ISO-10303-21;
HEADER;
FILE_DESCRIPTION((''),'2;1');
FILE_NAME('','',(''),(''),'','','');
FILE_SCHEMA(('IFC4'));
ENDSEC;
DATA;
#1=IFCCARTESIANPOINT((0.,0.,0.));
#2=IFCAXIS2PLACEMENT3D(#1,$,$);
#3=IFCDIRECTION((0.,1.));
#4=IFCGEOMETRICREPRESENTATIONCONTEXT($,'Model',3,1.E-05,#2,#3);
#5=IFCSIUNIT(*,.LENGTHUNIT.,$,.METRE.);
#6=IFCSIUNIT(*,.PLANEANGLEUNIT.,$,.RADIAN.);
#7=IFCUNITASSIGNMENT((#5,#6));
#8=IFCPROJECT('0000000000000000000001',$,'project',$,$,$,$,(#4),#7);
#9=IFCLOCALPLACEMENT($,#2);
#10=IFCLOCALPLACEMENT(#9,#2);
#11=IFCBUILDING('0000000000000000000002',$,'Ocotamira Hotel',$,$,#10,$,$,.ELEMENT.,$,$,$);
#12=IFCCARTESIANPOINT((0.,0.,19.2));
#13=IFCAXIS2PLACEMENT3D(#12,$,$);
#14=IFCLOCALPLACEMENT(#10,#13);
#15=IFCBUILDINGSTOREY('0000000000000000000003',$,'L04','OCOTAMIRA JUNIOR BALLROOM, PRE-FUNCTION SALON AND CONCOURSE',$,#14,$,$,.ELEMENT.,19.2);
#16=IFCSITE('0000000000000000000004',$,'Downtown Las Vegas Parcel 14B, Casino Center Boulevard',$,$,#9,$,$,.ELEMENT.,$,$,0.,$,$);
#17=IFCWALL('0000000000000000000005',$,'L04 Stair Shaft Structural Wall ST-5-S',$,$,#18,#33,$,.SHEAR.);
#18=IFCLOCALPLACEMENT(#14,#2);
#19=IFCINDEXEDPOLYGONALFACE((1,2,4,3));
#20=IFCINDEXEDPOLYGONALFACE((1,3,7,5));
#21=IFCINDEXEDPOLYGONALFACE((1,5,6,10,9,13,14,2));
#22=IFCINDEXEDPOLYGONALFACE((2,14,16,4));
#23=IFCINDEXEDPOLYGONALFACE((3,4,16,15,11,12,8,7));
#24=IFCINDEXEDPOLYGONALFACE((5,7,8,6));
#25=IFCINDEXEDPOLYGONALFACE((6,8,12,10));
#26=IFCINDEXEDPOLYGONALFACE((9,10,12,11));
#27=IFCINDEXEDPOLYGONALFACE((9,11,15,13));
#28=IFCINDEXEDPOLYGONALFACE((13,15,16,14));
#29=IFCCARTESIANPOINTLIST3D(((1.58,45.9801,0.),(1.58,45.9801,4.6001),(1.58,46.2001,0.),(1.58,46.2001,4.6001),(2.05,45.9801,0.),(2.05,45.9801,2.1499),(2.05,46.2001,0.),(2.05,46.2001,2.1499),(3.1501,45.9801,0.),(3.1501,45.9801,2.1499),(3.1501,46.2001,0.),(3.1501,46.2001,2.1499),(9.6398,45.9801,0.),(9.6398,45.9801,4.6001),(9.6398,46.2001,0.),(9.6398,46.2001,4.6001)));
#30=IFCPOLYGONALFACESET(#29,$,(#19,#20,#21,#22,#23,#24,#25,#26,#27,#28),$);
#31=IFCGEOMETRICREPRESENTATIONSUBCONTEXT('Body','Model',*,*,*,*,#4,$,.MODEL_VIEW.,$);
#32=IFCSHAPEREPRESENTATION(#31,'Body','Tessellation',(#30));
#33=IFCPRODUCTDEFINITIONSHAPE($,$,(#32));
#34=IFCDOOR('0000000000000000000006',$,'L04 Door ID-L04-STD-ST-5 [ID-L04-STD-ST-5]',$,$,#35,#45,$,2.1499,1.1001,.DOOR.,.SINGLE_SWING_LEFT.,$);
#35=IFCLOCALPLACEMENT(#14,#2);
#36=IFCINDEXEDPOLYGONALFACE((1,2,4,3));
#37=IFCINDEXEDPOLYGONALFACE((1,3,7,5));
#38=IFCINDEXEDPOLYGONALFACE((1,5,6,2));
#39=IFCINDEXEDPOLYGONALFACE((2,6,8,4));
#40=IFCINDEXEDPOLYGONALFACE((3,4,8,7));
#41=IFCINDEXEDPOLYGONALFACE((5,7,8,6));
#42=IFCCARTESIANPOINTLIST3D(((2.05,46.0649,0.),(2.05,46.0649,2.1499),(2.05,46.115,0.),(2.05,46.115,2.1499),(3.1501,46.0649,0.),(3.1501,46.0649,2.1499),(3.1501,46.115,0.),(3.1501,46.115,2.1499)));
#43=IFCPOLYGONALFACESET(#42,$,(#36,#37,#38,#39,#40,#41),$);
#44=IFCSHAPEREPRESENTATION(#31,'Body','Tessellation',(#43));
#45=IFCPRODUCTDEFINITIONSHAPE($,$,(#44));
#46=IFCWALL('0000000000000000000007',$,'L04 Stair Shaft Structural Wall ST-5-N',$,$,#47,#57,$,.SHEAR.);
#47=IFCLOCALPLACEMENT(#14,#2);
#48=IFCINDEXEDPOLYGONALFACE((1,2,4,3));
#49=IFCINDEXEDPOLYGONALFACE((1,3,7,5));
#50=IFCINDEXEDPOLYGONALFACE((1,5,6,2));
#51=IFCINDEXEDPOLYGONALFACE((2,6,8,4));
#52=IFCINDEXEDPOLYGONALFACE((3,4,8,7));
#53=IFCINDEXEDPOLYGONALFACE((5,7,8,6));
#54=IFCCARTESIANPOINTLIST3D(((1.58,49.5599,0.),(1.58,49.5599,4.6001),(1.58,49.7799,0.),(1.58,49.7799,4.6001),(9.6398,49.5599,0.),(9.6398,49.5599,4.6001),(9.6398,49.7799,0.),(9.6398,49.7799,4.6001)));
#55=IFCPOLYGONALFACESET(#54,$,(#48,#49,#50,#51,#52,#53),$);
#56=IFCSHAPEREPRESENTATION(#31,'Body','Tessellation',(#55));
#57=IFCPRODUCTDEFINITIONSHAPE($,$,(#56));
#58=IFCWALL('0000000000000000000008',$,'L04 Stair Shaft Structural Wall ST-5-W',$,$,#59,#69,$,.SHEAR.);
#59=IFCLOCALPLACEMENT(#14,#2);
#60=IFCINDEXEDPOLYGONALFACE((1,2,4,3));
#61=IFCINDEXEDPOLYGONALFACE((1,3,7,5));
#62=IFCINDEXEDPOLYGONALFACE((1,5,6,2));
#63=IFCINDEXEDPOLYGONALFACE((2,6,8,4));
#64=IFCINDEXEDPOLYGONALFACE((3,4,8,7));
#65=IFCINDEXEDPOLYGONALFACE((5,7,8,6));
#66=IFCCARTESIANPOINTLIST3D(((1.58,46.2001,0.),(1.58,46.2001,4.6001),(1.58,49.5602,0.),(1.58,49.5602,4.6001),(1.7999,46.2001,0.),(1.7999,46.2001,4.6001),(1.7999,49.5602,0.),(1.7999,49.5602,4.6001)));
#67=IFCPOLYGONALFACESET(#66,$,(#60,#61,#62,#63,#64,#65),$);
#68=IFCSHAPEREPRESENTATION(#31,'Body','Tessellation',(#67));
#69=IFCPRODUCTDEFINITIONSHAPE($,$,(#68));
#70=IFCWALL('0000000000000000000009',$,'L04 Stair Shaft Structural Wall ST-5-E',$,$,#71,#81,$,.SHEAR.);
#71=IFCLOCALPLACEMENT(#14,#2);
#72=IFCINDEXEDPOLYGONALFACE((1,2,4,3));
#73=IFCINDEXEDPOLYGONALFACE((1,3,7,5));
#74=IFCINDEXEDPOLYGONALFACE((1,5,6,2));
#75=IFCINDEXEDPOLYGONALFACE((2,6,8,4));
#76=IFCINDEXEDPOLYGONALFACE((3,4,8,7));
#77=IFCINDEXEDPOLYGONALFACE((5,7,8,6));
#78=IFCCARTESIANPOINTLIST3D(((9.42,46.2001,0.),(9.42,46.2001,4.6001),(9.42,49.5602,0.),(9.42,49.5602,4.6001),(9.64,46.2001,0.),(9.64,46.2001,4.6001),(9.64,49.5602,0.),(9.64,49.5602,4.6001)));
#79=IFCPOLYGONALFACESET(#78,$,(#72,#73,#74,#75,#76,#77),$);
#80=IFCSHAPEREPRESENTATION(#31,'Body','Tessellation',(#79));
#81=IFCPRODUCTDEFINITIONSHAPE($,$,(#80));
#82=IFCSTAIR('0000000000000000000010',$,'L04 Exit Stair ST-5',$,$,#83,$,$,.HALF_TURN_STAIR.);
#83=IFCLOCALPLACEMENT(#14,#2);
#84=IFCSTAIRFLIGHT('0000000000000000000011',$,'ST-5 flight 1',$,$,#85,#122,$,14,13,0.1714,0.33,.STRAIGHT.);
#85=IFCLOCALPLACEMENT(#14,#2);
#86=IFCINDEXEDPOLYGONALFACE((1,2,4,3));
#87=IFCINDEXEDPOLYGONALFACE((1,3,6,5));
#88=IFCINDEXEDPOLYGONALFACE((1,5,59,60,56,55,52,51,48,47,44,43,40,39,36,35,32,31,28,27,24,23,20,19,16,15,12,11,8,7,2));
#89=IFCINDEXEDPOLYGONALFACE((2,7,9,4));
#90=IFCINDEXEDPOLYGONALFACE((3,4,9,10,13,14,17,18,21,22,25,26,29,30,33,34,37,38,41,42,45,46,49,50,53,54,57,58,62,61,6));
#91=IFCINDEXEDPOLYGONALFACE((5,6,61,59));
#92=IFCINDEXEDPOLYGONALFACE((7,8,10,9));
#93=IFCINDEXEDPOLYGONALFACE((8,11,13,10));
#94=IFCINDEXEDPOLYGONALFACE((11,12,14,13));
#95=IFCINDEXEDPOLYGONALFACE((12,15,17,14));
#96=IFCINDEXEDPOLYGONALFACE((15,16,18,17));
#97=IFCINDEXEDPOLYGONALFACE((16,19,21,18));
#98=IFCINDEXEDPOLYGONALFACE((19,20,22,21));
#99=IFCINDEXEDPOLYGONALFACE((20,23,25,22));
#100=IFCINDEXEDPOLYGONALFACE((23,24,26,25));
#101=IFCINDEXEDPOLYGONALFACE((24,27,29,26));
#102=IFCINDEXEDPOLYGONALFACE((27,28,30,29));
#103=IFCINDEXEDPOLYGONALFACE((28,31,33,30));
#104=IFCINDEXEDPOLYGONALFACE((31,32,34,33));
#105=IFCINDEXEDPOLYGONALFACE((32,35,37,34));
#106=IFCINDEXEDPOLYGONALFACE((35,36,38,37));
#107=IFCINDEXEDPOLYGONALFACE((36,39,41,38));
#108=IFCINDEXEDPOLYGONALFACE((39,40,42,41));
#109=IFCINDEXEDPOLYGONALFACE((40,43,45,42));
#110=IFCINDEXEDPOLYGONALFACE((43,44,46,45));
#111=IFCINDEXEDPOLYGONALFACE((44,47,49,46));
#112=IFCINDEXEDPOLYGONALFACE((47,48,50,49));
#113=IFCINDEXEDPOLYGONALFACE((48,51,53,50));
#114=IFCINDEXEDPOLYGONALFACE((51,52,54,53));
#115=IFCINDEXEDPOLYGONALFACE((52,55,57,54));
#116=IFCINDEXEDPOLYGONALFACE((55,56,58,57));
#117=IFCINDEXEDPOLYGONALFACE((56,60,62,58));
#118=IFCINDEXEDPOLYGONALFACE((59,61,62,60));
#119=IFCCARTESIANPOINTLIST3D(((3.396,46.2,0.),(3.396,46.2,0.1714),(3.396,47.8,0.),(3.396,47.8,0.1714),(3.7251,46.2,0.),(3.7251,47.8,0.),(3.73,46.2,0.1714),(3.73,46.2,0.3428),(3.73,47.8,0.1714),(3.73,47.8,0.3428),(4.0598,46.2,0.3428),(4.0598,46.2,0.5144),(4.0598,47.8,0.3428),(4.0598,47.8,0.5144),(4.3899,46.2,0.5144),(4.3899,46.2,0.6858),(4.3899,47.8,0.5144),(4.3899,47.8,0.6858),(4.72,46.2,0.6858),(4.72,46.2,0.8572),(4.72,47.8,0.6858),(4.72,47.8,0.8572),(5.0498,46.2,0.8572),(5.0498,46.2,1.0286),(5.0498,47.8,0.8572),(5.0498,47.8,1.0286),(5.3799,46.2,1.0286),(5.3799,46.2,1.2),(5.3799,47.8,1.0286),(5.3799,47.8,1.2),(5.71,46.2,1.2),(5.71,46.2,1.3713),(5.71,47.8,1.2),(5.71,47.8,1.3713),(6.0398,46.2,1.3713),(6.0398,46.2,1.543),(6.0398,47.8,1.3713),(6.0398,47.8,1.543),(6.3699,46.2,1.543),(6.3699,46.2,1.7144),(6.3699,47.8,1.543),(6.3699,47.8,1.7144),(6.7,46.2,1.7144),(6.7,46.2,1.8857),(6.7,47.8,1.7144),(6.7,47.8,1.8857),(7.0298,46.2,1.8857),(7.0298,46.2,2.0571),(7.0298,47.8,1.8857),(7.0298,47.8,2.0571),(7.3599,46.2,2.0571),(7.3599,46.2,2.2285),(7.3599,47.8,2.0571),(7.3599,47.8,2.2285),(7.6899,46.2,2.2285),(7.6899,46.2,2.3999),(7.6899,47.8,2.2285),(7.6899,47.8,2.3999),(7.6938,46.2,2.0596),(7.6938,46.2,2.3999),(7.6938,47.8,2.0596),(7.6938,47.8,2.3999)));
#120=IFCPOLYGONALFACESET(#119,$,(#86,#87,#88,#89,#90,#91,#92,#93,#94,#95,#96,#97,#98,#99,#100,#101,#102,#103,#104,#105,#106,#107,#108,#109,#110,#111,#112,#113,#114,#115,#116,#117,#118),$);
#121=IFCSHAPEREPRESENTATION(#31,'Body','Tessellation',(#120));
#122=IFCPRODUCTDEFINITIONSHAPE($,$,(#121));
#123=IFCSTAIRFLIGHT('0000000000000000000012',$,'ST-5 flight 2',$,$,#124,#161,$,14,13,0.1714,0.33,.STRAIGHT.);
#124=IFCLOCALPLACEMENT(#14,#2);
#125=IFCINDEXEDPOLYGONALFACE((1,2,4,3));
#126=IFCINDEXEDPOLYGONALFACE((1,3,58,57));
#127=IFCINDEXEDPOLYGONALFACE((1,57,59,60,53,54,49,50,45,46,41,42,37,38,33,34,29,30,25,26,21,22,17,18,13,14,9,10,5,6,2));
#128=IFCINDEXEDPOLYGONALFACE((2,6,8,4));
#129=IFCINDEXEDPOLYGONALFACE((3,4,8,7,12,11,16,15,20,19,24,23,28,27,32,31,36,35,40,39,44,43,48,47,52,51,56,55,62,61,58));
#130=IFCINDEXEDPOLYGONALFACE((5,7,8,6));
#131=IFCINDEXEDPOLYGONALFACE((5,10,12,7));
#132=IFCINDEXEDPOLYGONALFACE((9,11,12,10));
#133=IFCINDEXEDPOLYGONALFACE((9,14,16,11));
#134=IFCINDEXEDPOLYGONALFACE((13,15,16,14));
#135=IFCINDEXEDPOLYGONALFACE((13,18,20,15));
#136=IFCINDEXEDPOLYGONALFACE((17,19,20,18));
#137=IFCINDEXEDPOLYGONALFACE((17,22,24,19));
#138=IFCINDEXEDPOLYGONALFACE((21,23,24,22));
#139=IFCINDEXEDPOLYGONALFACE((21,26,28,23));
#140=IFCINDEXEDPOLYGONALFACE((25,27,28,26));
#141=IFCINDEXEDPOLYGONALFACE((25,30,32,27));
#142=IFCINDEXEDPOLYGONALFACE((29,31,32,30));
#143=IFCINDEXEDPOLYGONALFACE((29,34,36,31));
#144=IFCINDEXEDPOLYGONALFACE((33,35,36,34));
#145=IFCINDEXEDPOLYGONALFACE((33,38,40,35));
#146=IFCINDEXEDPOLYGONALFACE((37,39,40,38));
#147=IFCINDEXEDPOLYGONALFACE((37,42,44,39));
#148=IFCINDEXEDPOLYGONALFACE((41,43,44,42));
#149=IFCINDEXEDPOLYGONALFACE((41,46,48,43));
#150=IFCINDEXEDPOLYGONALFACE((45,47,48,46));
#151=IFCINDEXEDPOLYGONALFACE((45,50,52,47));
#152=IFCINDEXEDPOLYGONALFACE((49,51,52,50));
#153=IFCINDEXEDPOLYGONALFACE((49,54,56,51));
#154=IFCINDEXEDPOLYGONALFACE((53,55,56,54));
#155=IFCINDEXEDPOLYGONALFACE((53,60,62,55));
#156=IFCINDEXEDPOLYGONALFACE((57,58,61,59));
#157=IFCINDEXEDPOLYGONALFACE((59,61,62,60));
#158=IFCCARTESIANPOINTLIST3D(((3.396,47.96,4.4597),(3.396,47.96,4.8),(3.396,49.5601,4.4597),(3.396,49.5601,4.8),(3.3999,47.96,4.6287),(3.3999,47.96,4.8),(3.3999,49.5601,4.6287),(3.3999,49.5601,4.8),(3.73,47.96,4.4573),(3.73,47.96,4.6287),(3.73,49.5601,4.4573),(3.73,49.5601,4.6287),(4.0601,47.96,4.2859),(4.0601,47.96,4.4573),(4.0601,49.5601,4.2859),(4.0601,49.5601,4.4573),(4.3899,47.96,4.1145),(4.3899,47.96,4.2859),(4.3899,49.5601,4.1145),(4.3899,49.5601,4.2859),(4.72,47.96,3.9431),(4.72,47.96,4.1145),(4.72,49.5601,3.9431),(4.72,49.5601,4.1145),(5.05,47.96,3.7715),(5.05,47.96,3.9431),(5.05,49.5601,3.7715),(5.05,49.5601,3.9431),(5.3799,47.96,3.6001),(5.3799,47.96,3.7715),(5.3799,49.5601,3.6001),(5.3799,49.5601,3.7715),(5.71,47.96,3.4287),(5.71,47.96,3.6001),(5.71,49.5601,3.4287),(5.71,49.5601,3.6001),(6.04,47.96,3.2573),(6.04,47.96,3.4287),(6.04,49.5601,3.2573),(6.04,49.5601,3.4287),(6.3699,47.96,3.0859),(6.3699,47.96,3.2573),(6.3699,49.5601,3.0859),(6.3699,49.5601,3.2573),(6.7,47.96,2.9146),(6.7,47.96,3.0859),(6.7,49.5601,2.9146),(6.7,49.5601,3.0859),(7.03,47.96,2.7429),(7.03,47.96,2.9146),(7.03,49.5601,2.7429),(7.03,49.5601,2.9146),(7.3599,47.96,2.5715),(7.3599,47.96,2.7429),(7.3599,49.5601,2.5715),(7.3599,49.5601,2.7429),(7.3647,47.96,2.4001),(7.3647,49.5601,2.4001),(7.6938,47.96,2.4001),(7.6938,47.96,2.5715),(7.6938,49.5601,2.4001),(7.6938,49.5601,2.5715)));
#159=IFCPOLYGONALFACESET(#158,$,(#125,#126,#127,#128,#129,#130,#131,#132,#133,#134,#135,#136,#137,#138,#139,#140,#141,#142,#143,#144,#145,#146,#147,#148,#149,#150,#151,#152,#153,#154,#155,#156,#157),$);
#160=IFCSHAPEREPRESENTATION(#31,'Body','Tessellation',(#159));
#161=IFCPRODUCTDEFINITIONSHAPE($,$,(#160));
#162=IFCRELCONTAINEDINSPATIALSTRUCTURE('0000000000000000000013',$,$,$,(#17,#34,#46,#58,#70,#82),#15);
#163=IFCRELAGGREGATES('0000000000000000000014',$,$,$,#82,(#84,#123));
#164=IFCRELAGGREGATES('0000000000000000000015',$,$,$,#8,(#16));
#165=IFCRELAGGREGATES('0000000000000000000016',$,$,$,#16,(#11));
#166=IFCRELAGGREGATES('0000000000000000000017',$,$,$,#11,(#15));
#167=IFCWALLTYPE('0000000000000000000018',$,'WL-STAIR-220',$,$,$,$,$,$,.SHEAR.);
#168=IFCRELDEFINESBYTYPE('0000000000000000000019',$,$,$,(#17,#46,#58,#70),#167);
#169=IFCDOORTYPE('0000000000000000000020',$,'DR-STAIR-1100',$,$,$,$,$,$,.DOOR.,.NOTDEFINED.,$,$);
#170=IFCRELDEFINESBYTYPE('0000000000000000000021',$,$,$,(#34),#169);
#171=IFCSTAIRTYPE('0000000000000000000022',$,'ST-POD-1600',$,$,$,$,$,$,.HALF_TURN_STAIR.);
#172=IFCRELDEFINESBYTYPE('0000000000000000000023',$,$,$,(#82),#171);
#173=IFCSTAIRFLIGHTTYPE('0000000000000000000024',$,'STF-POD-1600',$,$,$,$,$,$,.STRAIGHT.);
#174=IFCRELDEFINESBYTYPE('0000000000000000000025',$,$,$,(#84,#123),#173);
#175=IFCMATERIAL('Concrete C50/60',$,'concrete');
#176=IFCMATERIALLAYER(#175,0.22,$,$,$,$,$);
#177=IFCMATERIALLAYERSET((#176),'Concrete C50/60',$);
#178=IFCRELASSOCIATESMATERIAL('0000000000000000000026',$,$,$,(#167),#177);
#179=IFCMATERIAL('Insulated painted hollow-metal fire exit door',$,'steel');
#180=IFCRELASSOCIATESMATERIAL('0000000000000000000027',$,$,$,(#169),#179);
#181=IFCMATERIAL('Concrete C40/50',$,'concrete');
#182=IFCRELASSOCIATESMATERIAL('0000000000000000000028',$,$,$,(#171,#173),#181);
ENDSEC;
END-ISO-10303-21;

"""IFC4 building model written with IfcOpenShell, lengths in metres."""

from ifc_helpers import new_model, si_unit, direction, frame, frame_2d, origin, place, context, subcontext, project, spatial, polyline, rectangle, outline, extrude, source, transform, mapped, material, layer, layer_set, type_object, element, fill, aggregate, save


model = new_model("IFC4")

# Units and contexts
model_context = context("Model", 3, precision=1e-05, world=origin(), true_north=direction((0.0, 1.0)))
body_context = subcontext(model_context, "Body", "Model", "MODEL_VIEW")
ifc_project = project(units=[si_unit("LENGTHUNIT", "METRE"), si_unit("PLANEANGLEUNIT", "RADIAN")], contexts=[model_context])

# Site, building, storey
site_placement = place(None, origin())
site = spatial("IfcSite", under=ifc_project, at=site_placement, Name="Downtown Las Vegas Parcel 14B, Casino Center Boulevard", CompositionType="ELEMENT", RefElevation=0.0)
building_placement = place(site_placement, origin())
building = spatial("IfcBuilding", under=site, at=building_placement, Name="Ocotamira Hotel", CompositionType="ELEMENT")
storey_placement = place(building_placement, frame((0.0, 0.0, 19.2)))
storey = spatial("IfcBuildingStorey", under=building, at=storey_placement, Name="L04", Description="OCOTAMIRA JUNIOR BALLROOM, PRE-FUNCTION SALON AND CONCOURSE", CompositionType="ELEMENT", Elevation=19.2)

# Shared definitions
ifc_material_1 = material(Name="Concrete C50/60", Category="concrete")

# Wall, opening, door
ifc_layer_1 = layer(ifc_material_1, 0.22)
ifc_layer_set_1 = layer_set([ifc_layer_1], Name="Concrete C50/60")
wall_type_1 = type_object("IfcWallType", Name="WL-STAIR-220", PredefinedType="SHEAR", material=ifc_layer_set_1)
wall_1_placement = place(storey_placement, frame((1.5801, 46.0901, 0.0), z_axis=(0.0, 0.0, 1.0), x_axis=(1.0, 0.0, 0.0)))
wall_1 = element("IfcWall", 1, at=wall_1_placement, inside=storey, type_object=wall_type_1, Name="L04 Stair Shaft Structural Wall ST-5-S", PredefinedType="SHEAR", context=body_context, shape_type="SweptSolid", body=[
    extrude(rectangle(XDim=8.0598, YDim=0.22, at=frame_2d((4.0298, 0.0))), origin(), (0.0, 0.0, 1.0), 4.6001),
])
opening_placement = place(wall_1_placement, frame((0.47, 0.0, 0.0)))
opening = element("IfcOpeningElement", 2, at=opening_placement, cuts=wall_1, PredefinedType="OPENING", context=body_context, shape_type="SweptSolid", body=[
    extrude(rectangle(XDim=1.1001, YDim=2.1499, at=frame_2d((0.55, 1.075))), frame((0.0, 0.1201, 0.0), z_axis=(0.0, -1.0, 0.0), x_axis=(1.0, 0.0, 0.0)), (0.0, 0.0, 1.0), 0.24),
])
ifc_material_2 = material(Name="Insulated painted hollow-metal fire exit door", Category="steel")
door_type = type_object("IfcDoorType", Name="DR-STAIR-1100", OperationType="NOTDEFINED", PredefinedType="DOOR", material=ifc_material_2)
shared_shape_1 = source(origin(), body_context, "Body", "SweptSolid", [
    extrude(rectangle(XDim=1.1001, YDim=2.1499, at=frame_2d((0.55, 1.075))), frame((0.0, 0.0249, 0.0), z_axis=(0.0, -1.0, 0.0), x_axis=(1.0, 0.0, 0.0)), (0.0, 0.0, 1.0), 0.05),
])
door_placement = place(opening_placement, origin())
door = element("IfcDoor", 3, at=door_placement, inside=storey, type_object=door_type, Name="L04 Door ID-L04-STD-ST-5 [ID-L04-STD-ST-5]", OperationType="SINGLE_SWING_LEFT", OverallHeight=2.1499, OverallWidth=1.1001, PredefinedType="DOOR", context=body_context, shape_type="MappedRepresentation", body=[
    mapped(shared_shape_1, transform((0.0, 0.0, 0.0), scale=1.0)),
])
fill(opening, door)

# Walls
wall_2_placement = place(storey_placement, frame((1.5801, 49.6699, 0.0), z_axis=(0.0, 0.0, 1.0), x_axis=(1.0, 0.0, 0.0)))
element("IfcWall", 4, at=wall_2_placement, inside=storey, type_object=wall_type_1, Name="L04 Stair Shaft Structural Wall ST-5-N", PredefinedType="SHEAR", context=body_context, shape_type="SweptSolid", body=[
    extrude(rectangle(XDim=8.0598, YDim=0.22, at=frame_2d((4.0298, 0.0))), origin(), (0.0, 0.0, 1.0), 4.6001),
])
for number, where, z_axis, x_axis, name in (
    (5, (1.6899, 46.2, 0.0), (0.0, 0.0, 1.0), (0.0, 1.0, 0.0), "L04 Stair Shaft Structural Wall ST-5-W"),
    (6, (9.53, 46.2, 0.0), (0.0, 0.0, 1.0), (0.0, 1.0, 0.0), "L04 Stair Shaft Structural Wall ST-5-E"),
):
    element("IfcWall", number, at=place(storey_placement, frame(where, z_axis=z_axis, x_axis=x_axis)), inside=storey, type_object=wall_type_1, Name=name, PredefinedType="SHEAR", context=body_context, shape_type="SweptSolid", body=[
        extrude(rectangle(XDim=3.3601, YDim=0.22, at=frame_2d((1.6802, 0.0))), origin(), (0.0, 0.0, 1.0), 4.6001),
    ])

# Stair, stair flights
ifc_material_3 = material(Name="Concrete C40/50", Category="concrete")
stair_type = type_object("IfcStairType", Name="ST-POD-1600", PredefinedType="HALF_TURN_STAIR", material=ifc_material_3)
stair_placement = place(storey_placement, origin())
stair = element("IfcStair", 7, at=stair_placement, inside=storey, type_object=stair_type, Name="L04 Exit Stair ST-5", PredefinedType="HALF_TURN_STAIR")
stair_flight_type = type_object("IfcStairFlightType", Name="STF-POD-1600", PredefinedType="STRAIGHT", material=ifc_material_3)
shared_shape_2 = source(origin(), body_context, "Body", "SweptSolid", [
    extrude(outline(polyline([(-0.0039, 0.0), (-0.0039, 0.1714), (0.3301, 0.1714), (0.3301, 0.3428), (0.6599, 0.3428), (0.6599, 0.5144), (0.99, 0.5144), (0.99, 0.6858), (1.3201, 0.6858), (1.3201, 0.8572), (1.6499, 0.8572), (1.6499, 1.0286), (1.98, 1.0286), (1.98, 1.2), (2.3101, 1.2), (2.3101, 1.3713), (2.6399, 1.3713), (2.6399, 1.543), (2.97, 1.543), (2.97, 1.7144), (3.3, 1.7144), (3.3, 1.8857), (3.6299, 1.8857), (3.6299, 2.0571), (3.96, 2.0571), (3.96, 2.2285), (4.29, 2.2285), (4.29, 2.3999), (4.2939, 2.3999), (4.2939, 2.0596), (0.3252, 0.0), (-0.0039, 0.0)])), frame((0.0, 0.8, 0.0), z_axis=(0.0, -1.0, 0.0), x_axis=(1.0, 0.0, 0.0)), (0.0, 0.0, 1.0), 1.6001),
])
stair_flight_1_placement = place(storey_placement, frame((3.3999, 47.0, 0.0), z_axis=(0.0, 0.0, 1.0), x_axis=(1.0, 0.0, 0.0)))
stair_flight_1 = element("IfcStairFlight", 8, at=stair_flight_1_placement, type_object=stair_flight_type, Name="ST-5 flight 1", NumberOfRisers=14, NumberOfTreads=13, PredefinedType="STRAIGHT", RiserHeight=0.1714, TreadLength=0.33, context=body_context, shape_type="MappedRepresentation", body=[
    mapped(shared_shape_2, transform((0.0, 0.0, 0.0), scale=1.0)),
])
stair_flight_2_placement = place(storey_placement, frame((7.6899, 48.76, 2.4001), z_axis=(0.0, 0.0, 1.0), x_axis=(-1.0, 0.0, 0.0)))
stair_flight_2 = element("IfcStairFlight", 9, at=stair_flight_2_placement, type_object=stair_flight_type, Name="ST-5 flight 2", NumberOfRisers=14, NumberOfTreads=13, PredefinedType="STRAIGHT", RiserHeight=0.1714, TreadLength=0.33, context=body_context, shape_type="MappedRepresentation", body=[
    mapped(shared_shape_2, transform((0.0, 0.0, 0.0), scale=1.0)),
])
aggregate(stair, [stair_flight_1, stair_flight_2])

save(model, "model.ifc")
